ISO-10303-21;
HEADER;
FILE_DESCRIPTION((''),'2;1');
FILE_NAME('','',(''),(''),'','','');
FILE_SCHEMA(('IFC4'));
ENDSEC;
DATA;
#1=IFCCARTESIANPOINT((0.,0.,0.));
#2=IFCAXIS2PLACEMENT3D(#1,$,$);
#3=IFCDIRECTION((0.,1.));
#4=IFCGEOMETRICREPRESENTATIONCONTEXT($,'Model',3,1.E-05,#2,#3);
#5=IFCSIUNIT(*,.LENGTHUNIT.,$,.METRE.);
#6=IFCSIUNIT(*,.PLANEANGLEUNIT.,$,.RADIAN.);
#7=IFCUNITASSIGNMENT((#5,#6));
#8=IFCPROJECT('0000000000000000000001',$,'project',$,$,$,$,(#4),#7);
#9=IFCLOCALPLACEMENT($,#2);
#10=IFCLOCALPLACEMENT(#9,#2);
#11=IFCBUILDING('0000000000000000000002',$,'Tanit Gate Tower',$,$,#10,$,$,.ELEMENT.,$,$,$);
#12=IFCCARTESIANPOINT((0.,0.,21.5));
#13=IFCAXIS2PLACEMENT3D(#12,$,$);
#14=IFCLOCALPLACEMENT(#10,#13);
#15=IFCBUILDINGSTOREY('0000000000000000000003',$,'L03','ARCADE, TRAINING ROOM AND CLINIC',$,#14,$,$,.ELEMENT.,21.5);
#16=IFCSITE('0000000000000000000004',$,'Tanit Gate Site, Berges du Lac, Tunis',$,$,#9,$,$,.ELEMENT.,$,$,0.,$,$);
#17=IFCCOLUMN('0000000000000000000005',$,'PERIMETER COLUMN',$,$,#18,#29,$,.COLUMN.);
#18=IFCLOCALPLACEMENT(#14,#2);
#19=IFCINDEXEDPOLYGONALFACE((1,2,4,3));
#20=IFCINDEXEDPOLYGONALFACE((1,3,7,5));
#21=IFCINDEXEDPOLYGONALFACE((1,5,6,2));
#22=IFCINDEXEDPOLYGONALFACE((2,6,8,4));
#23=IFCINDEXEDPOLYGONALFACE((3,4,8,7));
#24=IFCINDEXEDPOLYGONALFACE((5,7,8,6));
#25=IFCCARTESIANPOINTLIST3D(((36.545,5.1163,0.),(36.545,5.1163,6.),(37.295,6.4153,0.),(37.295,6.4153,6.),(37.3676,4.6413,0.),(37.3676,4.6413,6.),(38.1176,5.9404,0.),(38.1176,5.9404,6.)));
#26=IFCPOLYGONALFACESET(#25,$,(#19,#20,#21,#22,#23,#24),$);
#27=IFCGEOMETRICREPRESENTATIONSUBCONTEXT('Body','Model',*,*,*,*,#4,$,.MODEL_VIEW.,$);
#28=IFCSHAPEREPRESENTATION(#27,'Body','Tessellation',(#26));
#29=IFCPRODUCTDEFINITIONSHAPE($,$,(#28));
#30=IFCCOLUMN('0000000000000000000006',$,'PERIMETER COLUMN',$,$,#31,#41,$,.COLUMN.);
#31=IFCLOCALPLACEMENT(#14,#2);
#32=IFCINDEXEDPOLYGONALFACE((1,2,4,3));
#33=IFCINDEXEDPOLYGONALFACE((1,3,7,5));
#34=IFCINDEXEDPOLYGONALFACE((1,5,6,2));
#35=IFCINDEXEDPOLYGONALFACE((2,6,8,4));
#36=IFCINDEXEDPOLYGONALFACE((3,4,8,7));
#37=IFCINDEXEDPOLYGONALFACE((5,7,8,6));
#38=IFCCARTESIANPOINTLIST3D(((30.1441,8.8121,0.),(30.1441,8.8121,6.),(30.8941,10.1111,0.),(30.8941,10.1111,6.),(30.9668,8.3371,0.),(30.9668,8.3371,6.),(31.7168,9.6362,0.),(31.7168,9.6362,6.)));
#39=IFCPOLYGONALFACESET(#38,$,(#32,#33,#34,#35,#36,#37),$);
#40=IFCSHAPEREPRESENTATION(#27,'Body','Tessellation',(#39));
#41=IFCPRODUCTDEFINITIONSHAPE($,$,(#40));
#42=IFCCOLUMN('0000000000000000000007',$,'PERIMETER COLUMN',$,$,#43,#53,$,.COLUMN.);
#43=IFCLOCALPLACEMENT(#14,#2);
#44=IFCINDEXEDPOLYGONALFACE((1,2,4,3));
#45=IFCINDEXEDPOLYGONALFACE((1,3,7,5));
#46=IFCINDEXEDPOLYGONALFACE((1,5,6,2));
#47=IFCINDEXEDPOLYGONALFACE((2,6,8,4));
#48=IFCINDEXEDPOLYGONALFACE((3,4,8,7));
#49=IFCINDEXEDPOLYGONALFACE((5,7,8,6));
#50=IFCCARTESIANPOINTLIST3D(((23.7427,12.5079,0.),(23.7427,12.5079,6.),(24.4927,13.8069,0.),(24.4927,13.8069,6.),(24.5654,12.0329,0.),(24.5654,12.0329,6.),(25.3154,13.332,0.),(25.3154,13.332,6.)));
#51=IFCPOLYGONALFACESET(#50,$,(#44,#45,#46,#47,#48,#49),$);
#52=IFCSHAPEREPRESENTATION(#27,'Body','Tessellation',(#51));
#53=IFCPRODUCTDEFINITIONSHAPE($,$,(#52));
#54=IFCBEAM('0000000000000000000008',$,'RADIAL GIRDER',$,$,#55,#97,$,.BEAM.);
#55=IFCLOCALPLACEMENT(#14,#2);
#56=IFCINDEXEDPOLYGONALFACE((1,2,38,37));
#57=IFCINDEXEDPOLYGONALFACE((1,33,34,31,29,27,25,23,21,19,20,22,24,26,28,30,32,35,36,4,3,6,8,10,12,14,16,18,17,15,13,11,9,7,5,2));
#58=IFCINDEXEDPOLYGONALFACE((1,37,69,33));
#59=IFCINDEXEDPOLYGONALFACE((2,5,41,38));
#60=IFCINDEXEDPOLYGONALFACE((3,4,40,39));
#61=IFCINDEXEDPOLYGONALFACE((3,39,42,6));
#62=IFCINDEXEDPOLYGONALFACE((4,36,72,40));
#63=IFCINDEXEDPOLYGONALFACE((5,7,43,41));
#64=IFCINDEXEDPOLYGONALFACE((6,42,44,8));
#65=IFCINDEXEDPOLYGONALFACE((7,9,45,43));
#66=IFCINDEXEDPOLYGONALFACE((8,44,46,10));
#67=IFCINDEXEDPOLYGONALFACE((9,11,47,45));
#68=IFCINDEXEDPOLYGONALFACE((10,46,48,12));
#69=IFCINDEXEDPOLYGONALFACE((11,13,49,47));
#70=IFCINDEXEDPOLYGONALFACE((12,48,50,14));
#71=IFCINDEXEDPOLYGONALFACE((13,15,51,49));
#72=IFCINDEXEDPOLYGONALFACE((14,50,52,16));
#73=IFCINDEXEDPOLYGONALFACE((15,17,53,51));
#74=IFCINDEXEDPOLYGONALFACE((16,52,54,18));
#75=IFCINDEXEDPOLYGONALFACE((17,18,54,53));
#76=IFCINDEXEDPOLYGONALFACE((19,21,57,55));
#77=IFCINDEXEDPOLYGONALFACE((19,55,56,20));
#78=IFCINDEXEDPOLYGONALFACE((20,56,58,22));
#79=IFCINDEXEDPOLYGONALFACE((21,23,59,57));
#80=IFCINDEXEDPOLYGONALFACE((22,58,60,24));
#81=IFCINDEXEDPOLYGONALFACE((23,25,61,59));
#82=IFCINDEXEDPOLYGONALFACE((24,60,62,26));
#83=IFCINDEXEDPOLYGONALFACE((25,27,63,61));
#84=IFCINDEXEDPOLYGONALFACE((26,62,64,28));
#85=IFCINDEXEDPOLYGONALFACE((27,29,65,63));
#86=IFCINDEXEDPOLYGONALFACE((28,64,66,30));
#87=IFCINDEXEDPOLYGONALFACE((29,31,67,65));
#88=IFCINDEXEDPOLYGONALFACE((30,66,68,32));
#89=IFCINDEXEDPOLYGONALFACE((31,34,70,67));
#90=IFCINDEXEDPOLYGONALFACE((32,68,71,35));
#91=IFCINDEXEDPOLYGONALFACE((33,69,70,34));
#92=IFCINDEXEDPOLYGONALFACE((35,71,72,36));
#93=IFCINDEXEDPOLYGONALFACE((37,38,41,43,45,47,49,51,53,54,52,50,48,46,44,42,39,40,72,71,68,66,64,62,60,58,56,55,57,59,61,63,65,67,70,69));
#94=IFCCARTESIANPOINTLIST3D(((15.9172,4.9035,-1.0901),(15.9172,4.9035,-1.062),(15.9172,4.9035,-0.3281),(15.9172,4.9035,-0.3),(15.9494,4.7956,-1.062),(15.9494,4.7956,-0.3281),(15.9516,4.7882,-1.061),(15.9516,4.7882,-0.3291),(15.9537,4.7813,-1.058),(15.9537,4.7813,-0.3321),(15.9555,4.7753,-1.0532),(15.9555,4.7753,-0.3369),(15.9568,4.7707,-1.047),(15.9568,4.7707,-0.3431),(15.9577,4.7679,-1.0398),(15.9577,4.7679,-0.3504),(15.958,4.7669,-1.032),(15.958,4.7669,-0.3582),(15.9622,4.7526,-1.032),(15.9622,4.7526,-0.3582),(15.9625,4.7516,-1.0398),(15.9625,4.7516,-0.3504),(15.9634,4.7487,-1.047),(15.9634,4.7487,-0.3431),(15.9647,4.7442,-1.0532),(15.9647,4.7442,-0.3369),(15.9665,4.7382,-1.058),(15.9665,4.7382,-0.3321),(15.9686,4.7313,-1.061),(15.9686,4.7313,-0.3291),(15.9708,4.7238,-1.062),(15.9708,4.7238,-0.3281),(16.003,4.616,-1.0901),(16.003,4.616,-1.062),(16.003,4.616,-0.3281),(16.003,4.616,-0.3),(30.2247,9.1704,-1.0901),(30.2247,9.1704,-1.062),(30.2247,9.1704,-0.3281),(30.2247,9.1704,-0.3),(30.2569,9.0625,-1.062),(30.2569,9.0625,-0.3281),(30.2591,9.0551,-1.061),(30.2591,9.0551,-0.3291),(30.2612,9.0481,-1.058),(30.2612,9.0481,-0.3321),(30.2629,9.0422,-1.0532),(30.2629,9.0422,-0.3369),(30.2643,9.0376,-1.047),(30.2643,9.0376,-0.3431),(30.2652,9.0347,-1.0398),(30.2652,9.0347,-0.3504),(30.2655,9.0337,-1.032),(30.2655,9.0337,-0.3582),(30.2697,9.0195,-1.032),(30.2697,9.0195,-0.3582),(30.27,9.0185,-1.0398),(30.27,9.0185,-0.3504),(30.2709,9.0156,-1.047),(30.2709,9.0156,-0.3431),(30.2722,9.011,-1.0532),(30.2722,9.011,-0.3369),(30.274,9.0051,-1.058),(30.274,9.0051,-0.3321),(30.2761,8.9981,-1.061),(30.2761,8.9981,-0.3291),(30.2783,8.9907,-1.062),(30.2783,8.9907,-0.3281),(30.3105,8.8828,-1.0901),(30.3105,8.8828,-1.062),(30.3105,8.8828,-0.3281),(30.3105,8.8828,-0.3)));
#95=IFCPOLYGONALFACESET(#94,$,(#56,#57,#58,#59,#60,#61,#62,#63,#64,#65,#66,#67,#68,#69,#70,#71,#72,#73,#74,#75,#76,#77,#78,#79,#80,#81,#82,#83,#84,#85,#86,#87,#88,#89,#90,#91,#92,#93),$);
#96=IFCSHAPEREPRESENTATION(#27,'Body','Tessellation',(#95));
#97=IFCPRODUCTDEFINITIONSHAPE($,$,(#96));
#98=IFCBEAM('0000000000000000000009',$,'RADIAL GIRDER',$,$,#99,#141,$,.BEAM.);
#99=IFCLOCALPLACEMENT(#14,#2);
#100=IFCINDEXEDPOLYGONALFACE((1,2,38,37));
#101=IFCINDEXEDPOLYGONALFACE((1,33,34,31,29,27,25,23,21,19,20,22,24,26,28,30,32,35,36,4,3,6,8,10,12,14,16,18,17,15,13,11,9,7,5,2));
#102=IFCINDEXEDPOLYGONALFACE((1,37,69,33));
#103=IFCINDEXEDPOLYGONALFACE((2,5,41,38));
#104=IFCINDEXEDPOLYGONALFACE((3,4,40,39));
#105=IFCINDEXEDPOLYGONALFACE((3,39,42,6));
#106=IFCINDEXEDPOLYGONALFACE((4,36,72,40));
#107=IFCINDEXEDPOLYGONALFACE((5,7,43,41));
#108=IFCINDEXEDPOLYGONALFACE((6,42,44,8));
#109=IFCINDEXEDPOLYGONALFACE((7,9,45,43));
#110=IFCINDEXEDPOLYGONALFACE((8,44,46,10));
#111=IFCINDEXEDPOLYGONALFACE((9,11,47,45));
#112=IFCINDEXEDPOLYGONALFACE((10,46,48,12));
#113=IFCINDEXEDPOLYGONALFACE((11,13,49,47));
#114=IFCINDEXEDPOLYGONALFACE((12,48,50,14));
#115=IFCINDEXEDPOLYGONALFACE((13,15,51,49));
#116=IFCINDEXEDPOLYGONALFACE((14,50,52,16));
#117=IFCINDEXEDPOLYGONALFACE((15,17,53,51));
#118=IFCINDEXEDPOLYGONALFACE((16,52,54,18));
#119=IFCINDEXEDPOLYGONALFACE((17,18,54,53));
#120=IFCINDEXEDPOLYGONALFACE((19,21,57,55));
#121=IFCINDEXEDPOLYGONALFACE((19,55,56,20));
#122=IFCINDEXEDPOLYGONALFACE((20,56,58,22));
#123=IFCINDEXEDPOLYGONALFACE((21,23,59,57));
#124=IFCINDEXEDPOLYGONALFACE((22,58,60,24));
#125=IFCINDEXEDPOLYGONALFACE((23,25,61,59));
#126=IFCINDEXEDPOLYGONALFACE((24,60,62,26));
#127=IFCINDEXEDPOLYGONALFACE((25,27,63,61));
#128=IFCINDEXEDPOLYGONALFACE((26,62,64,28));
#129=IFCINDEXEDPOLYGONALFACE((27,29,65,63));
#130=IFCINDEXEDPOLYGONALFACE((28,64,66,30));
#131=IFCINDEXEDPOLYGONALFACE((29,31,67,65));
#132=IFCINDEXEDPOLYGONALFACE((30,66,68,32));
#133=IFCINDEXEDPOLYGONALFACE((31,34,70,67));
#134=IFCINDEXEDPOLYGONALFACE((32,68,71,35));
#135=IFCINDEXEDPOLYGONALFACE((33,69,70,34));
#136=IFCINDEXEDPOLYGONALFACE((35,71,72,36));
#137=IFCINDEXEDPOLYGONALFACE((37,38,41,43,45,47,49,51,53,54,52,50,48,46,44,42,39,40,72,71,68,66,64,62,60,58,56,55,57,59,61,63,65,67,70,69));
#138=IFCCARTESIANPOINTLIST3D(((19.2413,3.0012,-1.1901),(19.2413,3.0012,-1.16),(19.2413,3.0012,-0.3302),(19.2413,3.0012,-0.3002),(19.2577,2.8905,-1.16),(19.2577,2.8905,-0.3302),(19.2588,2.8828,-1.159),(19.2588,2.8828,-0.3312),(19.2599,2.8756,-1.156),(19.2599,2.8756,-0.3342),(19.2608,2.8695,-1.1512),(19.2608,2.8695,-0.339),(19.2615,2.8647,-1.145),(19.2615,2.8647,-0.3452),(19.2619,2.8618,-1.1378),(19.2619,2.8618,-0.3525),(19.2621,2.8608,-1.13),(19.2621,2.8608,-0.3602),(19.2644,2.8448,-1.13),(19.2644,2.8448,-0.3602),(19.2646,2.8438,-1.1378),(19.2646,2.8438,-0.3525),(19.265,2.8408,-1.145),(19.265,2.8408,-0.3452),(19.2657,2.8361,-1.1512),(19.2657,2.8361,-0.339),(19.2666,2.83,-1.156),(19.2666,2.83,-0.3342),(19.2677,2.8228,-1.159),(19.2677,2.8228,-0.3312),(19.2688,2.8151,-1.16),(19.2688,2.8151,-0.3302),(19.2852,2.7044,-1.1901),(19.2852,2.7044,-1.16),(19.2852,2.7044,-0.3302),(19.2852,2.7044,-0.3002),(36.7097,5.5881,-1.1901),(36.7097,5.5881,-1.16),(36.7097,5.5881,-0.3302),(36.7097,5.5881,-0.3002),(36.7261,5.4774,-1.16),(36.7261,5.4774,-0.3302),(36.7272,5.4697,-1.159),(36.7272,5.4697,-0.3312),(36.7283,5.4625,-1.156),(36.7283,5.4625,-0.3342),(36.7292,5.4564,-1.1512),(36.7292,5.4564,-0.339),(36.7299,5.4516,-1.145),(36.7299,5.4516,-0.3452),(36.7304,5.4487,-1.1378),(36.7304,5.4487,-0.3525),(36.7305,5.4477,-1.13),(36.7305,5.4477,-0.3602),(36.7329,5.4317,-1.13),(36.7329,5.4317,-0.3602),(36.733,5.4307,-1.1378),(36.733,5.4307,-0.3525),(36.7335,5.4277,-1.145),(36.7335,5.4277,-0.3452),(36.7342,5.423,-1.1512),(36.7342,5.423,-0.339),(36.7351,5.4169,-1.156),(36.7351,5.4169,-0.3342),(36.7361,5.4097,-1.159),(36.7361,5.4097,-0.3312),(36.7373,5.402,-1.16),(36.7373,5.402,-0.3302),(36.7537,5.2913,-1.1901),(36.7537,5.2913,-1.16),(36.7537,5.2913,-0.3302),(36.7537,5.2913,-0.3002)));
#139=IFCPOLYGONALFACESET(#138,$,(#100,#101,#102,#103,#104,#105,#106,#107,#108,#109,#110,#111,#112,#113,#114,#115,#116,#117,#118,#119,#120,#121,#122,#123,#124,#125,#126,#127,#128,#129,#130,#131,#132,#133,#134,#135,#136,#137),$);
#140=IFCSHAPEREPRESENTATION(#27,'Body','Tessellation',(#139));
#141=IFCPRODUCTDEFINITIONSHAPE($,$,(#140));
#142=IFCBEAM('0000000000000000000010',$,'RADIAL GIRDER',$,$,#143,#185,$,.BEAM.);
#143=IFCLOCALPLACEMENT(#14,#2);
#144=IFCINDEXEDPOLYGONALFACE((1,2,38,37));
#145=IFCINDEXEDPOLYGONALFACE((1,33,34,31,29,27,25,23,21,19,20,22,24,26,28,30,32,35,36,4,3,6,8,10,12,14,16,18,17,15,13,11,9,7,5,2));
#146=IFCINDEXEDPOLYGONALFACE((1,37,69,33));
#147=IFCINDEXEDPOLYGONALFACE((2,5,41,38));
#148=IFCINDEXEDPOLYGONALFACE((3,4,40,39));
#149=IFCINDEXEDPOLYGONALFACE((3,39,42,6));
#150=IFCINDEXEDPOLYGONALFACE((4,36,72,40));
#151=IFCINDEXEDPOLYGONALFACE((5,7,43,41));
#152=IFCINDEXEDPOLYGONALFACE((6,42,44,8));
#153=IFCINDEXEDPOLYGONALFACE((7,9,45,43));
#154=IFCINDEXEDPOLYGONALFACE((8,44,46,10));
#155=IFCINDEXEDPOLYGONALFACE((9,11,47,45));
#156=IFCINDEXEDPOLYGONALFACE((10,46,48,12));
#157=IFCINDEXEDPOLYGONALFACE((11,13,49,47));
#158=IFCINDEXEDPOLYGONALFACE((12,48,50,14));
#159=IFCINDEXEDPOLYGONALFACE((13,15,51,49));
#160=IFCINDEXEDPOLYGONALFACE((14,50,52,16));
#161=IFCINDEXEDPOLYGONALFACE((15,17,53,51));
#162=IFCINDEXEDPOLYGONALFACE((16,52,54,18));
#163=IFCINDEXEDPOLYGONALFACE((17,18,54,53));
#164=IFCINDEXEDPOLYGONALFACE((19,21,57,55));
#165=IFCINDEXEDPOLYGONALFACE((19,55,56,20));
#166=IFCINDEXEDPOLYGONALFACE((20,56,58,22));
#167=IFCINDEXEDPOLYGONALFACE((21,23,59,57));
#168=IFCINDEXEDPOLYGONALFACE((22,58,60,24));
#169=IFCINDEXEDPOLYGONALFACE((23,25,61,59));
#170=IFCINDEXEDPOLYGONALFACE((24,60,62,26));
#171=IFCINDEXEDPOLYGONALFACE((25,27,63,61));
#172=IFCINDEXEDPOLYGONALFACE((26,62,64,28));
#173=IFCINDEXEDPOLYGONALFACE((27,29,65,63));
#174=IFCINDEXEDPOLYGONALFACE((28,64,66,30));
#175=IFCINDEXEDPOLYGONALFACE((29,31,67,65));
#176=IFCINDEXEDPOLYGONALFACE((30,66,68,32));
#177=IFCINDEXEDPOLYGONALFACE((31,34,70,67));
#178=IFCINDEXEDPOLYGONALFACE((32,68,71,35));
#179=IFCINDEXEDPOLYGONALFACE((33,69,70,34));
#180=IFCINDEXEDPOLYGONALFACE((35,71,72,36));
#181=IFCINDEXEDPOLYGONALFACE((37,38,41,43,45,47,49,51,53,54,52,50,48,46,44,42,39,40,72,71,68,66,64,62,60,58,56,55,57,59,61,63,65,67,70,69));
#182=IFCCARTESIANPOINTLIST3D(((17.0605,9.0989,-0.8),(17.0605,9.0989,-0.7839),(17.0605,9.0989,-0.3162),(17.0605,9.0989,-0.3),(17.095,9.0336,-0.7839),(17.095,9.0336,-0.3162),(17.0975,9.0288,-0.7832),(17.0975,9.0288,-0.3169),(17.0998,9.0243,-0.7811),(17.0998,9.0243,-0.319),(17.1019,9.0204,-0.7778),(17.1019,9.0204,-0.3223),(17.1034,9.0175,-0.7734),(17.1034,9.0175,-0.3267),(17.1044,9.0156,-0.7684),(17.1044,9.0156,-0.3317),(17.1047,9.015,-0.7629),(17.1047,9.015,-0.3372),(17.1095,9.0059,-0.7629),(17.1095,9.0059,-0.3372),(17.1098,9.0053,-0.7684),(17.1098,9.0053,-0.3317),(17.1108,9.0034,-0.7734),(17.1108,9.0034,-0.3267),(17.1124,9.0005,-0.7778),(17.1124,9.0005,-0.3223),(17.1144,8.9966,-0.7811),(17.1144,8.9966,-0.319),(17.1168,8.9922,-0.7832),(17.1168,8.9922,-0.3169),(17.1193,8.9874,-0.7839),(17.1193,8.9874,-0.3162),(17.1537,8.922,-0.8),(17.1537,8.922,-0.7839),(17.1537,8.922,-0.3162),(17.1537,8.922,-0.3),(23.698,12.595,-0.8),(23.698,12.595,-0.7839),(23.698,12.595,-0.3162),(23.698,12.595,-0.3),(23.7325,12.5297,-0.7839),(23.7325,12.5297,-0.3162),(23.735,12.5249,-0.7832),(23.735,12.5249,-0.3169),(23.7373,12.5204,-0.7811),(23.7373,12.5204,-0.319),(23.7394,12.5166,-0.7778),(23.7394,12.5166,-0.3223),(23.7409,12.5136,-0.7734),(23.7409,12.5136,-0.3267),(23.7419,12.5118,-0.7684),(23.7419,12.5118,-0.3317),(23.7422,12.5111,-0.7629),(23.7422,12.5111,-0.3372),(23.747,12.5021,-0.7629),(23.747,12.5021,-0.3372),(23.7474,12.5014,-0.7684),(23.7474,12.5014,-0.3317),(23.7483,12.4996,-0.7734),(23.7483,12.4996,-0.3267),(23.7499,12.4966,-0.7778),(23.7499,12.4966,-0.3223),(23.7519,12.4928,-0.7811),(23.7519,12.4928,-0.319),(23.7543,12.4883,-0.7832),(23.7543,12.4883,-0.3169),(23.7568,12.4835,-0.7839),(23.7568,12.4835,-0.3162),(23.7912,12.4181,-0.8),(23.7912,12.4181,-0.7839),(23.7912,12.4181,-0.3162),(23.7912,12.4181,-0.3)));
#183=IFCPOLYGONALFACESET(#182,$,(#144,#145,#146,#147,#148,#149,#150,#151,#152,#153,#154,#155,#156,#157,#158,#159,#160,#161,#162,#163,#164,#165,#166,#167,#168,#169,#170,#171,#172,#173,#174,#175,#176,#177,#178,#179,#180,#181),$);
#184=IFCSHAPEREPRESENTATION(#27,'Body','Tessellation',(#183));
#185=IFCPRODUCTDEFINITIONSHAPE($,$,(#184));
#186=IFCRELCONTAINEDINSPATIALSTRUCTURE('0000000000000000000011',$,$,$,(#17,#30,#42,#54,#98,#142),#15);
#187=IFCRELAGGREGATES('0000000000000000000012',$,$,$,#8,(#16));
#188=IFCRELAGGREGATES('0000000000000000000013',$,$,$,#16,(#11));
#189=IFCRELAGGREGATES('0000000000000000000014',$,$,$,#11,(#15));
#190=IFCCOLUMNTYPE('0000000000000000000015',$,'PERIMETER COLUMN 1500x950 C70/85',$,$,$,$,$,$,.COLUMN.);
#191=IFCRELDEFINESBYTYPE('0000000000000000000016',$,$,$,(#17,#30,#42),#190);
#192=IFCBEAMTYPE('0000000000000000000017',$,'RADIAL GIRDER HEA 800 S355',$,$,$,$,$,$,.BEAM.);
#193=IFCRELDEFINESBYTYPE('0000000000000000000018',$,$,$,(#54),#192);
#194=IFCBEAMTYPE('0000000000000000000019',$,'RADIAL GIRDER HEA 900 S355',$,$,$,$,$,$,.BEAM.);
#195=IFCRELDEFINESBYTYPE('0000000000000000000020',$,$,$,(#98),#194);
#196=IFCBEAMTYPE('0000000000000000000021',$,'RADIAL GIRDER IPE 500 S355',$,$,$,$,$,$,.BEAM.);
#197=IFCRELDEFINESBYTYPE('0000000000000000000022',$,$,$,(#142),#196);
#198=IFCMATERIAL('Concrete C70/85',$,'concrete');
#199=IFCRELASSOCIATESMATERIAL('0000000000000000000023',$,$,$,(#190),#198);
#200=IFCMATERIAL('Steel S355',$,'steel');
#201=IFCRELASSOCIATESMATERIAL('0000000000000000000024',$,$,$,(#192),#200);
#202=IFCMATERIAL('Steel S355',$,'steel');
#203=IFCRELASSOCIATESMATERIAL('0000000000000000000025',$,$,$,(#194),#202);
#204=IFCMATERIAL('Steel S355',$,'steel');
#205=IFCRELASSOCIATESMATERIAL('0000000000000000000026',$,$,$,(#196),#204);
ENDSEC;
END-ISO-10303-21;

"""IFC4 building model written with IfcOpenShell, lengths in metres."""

from ifc_helpers import new_model, si_unit, direction, frame, origin, origin_2d, place, context, subcontext, project, spatial, rectangle, i_section, extrude, material, material_profile, profile_set, type_object, element, save


model = new_model("IFC4")

# Units and contexts
model_context = context("Model", 3, precision=1e-05, world=origin(), true_north=direction((0.0, 1.0)))
body_context = subcontext(model_context, "Body", "Model", "MODEL_VIEW")
ifc_project = project(units=[si_unit("LENGTHUNIT", "METRE"), si_unit("PLANEANGLEUNIT", "RADIAN")], contexts=[model_context])

# Site, building, storey
site_placement = place(None, origin())
site = spatial("IfcSite", under=ifc_project, at=site_placement, Name="Tanit Gate Site, Berges du Lac, Tunis", CompositionType="ELEMENT", RefElevation=0.0)
building_placement = place(site_placement, origin())
building = spatial("IfcBuilding", under=site, at=building_placement, Name="Tanit Gate Tower", CompositionType="ELEMENT")
storey_placement = place(building_placement, frame((0.0, 0.0, 21.5)))
storey = spatial("IfcBuildingStorey", under=building, at=storey_placement, Name="L03", Description="ARCADE, TRAINING ROOM AND CLINIC", CompositionType="ELEMENT", Elevation=21.5)

# Columns
ifc_material_1 = material(Name="Concrete C70/85", Category="concrete")
ifc_material_profile_1 = material_profile(ifc_material_1, rectangle(XDim=1.5, YDim=0.95, at=origin_2d()), Name="RC 1500x950")
ifc_profile_set_1 = profile_set([ifc_material_profile_1], Name="Concrete C70/85")
column_type = type_object("IfcColumnType", Name="PERIMETER COLUMN 1500x950 C70/85", PredefinedType="COLUMN", material=ifc_profile_set_1)
for number, where, z_axis, x_axis, name in (
    (1, (37.3313, 5.5283, 0.0), (0.0, 0.0, 1.0), (0.5, 0.866025, 0.0), "PERIMETER COLUMN"),
    (2, (30.9304, 9.2241, 0.0), (0.0, 0.0, 1.0), (0.5, 0.866025, 0.0), "PERIMETER COLUMN"),
    (3, (24.5291, 12.9199, 0.0), (0.0, 0.0, 1.0), (0.5, 0.866025, 0.0), "PERIMETER COLUMN"),
):
    element("IfcColumn", number, at=place(storey_placement, frame(where, z_axis=z_axis, x_axis=x_axis)), inside=storey, type_object=column_type, Name=name, PredefinedType="COLUMN", context=body_context, shape_type="SweptSolid", body=[
        extrude(rectangle(XDim=1.5, YDim=0.95, at=origin_2d()), origin(), (0.0, 0.0, 1.0), 6.0),
    ])

# Beams
ifc_material_2 = material(Name="Steel S355", Category="steel")
ifc_material_profile_2 = material_profile(ifc_material_2, i_section(OverallWidth=0.3, OverallDepth=0.79, WebThickness=0.0149, FlangeThickness=0.0281, FilletRadius=0.03, at=origin_2d()), Name="HEA 800")
ifc_profile_set_2 = profile_set([ifc_material_profile_2], Name="Steel S355")
beam_type_1 = type_object("IfcBeamType", Name="RADIAL GIRDER HEA 800 S355", PredefinedType="BEAM", material=ifc_profile_set_2)
beam_1_placement = place(storey_placement, frame((30.2676, 9.0266, -0.6951), z_axis=(-0.958293, -0.285789, 0.0), x_axis=(0.285789, -0.958293, 0.0)))
element("IfcBeam", 4, at=beam_1_placement, inside=storey, type_object=beam_type_1, Name="RADIAL GIRDER", PredefinedType="BEAM", context=body_context, shape_type="SweptSolid", body=[
    extrude(i_section(OverallWidth=0.3, OverallDepth=0.79, WebThickness=0.0149, FlangeThickness=0.0281, FilletRadius=0.03, at=origin_2d()), origin(), (0.0, 0.0, 1.0), 14.9302),
])
ifc_material_3 = material(Name="Steel S355", Category="steel")
ifc_material_profile_3 = material_profile(ifc_material_3, i_section(OverallWidth=0.3, OverallDepth=0.8899, WebThickness=0.0161, FlangeThickness=0.03, FilletRadius=0.03, at=origin_2d()), Name="HEA 900")
ifc_profile_set_3 = profile_set([ifc_material_profile_3], Name="Steel S355")
beam_type_2 = type_object("IfcBeamType", Name="RADIAL GIRDER HEA 900 S355", PredefinedType="BEAM", material=ifc_profile_set_3)
beam_2_placement = place(storey_placement, frame((36.7317, 5.4397, -0.7451), z_axis=(-0.989212, -0.146493, 0.0), x_axis=(0.146493, -0.989212, 0.0)))
element("IfcBeam", 5, at=beam_2_placement, inside=storey, type_object=beam_type_2, Name="RADIAL GIRDER", PredefinedType="BEAM", context=body_context, shape_type="SweptSolid", body=[
    extrude(i_section(OverallWidth=0.3, OverallDepth=0.8899, WebThickness=0.0161, FlangeThickness=0.03, FilletRadius=0.03, at=origin_2d()), origin(), (0.0, 0.0, 1.0), 17.6589),
])
ifc_material_4 = material(Name="Steel S355", Category="steel")
ifc_material_profile_4 = material_profile(ifc_material_4, i_section(OverallWidth=0.2, OverallDepth=0.5, WebThickness=0.0103, FlangeThickness=0.0161, FilletRadius=0.021, at=origin_2d()), Name="IPE 500")
ifc_profile_set_4 = profile_set([ifc_material_profile_4], Name="Steel S355")
beam_type_3 = type_object("IfcBeamType", Name="RADIAL GIRDER IPE 500 S355", PredefinedType="BEAM", material=ifc_profile_set_4)
beam_3_placement = place(storey_placement, frame((23.7446, 12.5066, -0.55), z_axis=(-0.88477, -0.466028, 0.0), x_axis=(0.466028, -0.88477, 0.0)))
element("IfcBeam", 6, at=beam_3_placement, inside=storey, type_object=beam_type_3, Name="RADIAL GIRDER", PredefinedType="BEAM", context=body_context, shape_type="SweptSolid", body=[
    extrude(i_section(OverallWidth=0.2, OverallDepth=0.5, WebThickness=0.0103, FlangeThickness=0.0161, FilletRadius=0.021, at=origin_2d()), origin(), (0.0, 0.0, 1.0), 7.502),
])

save(model, "model.ifc")
